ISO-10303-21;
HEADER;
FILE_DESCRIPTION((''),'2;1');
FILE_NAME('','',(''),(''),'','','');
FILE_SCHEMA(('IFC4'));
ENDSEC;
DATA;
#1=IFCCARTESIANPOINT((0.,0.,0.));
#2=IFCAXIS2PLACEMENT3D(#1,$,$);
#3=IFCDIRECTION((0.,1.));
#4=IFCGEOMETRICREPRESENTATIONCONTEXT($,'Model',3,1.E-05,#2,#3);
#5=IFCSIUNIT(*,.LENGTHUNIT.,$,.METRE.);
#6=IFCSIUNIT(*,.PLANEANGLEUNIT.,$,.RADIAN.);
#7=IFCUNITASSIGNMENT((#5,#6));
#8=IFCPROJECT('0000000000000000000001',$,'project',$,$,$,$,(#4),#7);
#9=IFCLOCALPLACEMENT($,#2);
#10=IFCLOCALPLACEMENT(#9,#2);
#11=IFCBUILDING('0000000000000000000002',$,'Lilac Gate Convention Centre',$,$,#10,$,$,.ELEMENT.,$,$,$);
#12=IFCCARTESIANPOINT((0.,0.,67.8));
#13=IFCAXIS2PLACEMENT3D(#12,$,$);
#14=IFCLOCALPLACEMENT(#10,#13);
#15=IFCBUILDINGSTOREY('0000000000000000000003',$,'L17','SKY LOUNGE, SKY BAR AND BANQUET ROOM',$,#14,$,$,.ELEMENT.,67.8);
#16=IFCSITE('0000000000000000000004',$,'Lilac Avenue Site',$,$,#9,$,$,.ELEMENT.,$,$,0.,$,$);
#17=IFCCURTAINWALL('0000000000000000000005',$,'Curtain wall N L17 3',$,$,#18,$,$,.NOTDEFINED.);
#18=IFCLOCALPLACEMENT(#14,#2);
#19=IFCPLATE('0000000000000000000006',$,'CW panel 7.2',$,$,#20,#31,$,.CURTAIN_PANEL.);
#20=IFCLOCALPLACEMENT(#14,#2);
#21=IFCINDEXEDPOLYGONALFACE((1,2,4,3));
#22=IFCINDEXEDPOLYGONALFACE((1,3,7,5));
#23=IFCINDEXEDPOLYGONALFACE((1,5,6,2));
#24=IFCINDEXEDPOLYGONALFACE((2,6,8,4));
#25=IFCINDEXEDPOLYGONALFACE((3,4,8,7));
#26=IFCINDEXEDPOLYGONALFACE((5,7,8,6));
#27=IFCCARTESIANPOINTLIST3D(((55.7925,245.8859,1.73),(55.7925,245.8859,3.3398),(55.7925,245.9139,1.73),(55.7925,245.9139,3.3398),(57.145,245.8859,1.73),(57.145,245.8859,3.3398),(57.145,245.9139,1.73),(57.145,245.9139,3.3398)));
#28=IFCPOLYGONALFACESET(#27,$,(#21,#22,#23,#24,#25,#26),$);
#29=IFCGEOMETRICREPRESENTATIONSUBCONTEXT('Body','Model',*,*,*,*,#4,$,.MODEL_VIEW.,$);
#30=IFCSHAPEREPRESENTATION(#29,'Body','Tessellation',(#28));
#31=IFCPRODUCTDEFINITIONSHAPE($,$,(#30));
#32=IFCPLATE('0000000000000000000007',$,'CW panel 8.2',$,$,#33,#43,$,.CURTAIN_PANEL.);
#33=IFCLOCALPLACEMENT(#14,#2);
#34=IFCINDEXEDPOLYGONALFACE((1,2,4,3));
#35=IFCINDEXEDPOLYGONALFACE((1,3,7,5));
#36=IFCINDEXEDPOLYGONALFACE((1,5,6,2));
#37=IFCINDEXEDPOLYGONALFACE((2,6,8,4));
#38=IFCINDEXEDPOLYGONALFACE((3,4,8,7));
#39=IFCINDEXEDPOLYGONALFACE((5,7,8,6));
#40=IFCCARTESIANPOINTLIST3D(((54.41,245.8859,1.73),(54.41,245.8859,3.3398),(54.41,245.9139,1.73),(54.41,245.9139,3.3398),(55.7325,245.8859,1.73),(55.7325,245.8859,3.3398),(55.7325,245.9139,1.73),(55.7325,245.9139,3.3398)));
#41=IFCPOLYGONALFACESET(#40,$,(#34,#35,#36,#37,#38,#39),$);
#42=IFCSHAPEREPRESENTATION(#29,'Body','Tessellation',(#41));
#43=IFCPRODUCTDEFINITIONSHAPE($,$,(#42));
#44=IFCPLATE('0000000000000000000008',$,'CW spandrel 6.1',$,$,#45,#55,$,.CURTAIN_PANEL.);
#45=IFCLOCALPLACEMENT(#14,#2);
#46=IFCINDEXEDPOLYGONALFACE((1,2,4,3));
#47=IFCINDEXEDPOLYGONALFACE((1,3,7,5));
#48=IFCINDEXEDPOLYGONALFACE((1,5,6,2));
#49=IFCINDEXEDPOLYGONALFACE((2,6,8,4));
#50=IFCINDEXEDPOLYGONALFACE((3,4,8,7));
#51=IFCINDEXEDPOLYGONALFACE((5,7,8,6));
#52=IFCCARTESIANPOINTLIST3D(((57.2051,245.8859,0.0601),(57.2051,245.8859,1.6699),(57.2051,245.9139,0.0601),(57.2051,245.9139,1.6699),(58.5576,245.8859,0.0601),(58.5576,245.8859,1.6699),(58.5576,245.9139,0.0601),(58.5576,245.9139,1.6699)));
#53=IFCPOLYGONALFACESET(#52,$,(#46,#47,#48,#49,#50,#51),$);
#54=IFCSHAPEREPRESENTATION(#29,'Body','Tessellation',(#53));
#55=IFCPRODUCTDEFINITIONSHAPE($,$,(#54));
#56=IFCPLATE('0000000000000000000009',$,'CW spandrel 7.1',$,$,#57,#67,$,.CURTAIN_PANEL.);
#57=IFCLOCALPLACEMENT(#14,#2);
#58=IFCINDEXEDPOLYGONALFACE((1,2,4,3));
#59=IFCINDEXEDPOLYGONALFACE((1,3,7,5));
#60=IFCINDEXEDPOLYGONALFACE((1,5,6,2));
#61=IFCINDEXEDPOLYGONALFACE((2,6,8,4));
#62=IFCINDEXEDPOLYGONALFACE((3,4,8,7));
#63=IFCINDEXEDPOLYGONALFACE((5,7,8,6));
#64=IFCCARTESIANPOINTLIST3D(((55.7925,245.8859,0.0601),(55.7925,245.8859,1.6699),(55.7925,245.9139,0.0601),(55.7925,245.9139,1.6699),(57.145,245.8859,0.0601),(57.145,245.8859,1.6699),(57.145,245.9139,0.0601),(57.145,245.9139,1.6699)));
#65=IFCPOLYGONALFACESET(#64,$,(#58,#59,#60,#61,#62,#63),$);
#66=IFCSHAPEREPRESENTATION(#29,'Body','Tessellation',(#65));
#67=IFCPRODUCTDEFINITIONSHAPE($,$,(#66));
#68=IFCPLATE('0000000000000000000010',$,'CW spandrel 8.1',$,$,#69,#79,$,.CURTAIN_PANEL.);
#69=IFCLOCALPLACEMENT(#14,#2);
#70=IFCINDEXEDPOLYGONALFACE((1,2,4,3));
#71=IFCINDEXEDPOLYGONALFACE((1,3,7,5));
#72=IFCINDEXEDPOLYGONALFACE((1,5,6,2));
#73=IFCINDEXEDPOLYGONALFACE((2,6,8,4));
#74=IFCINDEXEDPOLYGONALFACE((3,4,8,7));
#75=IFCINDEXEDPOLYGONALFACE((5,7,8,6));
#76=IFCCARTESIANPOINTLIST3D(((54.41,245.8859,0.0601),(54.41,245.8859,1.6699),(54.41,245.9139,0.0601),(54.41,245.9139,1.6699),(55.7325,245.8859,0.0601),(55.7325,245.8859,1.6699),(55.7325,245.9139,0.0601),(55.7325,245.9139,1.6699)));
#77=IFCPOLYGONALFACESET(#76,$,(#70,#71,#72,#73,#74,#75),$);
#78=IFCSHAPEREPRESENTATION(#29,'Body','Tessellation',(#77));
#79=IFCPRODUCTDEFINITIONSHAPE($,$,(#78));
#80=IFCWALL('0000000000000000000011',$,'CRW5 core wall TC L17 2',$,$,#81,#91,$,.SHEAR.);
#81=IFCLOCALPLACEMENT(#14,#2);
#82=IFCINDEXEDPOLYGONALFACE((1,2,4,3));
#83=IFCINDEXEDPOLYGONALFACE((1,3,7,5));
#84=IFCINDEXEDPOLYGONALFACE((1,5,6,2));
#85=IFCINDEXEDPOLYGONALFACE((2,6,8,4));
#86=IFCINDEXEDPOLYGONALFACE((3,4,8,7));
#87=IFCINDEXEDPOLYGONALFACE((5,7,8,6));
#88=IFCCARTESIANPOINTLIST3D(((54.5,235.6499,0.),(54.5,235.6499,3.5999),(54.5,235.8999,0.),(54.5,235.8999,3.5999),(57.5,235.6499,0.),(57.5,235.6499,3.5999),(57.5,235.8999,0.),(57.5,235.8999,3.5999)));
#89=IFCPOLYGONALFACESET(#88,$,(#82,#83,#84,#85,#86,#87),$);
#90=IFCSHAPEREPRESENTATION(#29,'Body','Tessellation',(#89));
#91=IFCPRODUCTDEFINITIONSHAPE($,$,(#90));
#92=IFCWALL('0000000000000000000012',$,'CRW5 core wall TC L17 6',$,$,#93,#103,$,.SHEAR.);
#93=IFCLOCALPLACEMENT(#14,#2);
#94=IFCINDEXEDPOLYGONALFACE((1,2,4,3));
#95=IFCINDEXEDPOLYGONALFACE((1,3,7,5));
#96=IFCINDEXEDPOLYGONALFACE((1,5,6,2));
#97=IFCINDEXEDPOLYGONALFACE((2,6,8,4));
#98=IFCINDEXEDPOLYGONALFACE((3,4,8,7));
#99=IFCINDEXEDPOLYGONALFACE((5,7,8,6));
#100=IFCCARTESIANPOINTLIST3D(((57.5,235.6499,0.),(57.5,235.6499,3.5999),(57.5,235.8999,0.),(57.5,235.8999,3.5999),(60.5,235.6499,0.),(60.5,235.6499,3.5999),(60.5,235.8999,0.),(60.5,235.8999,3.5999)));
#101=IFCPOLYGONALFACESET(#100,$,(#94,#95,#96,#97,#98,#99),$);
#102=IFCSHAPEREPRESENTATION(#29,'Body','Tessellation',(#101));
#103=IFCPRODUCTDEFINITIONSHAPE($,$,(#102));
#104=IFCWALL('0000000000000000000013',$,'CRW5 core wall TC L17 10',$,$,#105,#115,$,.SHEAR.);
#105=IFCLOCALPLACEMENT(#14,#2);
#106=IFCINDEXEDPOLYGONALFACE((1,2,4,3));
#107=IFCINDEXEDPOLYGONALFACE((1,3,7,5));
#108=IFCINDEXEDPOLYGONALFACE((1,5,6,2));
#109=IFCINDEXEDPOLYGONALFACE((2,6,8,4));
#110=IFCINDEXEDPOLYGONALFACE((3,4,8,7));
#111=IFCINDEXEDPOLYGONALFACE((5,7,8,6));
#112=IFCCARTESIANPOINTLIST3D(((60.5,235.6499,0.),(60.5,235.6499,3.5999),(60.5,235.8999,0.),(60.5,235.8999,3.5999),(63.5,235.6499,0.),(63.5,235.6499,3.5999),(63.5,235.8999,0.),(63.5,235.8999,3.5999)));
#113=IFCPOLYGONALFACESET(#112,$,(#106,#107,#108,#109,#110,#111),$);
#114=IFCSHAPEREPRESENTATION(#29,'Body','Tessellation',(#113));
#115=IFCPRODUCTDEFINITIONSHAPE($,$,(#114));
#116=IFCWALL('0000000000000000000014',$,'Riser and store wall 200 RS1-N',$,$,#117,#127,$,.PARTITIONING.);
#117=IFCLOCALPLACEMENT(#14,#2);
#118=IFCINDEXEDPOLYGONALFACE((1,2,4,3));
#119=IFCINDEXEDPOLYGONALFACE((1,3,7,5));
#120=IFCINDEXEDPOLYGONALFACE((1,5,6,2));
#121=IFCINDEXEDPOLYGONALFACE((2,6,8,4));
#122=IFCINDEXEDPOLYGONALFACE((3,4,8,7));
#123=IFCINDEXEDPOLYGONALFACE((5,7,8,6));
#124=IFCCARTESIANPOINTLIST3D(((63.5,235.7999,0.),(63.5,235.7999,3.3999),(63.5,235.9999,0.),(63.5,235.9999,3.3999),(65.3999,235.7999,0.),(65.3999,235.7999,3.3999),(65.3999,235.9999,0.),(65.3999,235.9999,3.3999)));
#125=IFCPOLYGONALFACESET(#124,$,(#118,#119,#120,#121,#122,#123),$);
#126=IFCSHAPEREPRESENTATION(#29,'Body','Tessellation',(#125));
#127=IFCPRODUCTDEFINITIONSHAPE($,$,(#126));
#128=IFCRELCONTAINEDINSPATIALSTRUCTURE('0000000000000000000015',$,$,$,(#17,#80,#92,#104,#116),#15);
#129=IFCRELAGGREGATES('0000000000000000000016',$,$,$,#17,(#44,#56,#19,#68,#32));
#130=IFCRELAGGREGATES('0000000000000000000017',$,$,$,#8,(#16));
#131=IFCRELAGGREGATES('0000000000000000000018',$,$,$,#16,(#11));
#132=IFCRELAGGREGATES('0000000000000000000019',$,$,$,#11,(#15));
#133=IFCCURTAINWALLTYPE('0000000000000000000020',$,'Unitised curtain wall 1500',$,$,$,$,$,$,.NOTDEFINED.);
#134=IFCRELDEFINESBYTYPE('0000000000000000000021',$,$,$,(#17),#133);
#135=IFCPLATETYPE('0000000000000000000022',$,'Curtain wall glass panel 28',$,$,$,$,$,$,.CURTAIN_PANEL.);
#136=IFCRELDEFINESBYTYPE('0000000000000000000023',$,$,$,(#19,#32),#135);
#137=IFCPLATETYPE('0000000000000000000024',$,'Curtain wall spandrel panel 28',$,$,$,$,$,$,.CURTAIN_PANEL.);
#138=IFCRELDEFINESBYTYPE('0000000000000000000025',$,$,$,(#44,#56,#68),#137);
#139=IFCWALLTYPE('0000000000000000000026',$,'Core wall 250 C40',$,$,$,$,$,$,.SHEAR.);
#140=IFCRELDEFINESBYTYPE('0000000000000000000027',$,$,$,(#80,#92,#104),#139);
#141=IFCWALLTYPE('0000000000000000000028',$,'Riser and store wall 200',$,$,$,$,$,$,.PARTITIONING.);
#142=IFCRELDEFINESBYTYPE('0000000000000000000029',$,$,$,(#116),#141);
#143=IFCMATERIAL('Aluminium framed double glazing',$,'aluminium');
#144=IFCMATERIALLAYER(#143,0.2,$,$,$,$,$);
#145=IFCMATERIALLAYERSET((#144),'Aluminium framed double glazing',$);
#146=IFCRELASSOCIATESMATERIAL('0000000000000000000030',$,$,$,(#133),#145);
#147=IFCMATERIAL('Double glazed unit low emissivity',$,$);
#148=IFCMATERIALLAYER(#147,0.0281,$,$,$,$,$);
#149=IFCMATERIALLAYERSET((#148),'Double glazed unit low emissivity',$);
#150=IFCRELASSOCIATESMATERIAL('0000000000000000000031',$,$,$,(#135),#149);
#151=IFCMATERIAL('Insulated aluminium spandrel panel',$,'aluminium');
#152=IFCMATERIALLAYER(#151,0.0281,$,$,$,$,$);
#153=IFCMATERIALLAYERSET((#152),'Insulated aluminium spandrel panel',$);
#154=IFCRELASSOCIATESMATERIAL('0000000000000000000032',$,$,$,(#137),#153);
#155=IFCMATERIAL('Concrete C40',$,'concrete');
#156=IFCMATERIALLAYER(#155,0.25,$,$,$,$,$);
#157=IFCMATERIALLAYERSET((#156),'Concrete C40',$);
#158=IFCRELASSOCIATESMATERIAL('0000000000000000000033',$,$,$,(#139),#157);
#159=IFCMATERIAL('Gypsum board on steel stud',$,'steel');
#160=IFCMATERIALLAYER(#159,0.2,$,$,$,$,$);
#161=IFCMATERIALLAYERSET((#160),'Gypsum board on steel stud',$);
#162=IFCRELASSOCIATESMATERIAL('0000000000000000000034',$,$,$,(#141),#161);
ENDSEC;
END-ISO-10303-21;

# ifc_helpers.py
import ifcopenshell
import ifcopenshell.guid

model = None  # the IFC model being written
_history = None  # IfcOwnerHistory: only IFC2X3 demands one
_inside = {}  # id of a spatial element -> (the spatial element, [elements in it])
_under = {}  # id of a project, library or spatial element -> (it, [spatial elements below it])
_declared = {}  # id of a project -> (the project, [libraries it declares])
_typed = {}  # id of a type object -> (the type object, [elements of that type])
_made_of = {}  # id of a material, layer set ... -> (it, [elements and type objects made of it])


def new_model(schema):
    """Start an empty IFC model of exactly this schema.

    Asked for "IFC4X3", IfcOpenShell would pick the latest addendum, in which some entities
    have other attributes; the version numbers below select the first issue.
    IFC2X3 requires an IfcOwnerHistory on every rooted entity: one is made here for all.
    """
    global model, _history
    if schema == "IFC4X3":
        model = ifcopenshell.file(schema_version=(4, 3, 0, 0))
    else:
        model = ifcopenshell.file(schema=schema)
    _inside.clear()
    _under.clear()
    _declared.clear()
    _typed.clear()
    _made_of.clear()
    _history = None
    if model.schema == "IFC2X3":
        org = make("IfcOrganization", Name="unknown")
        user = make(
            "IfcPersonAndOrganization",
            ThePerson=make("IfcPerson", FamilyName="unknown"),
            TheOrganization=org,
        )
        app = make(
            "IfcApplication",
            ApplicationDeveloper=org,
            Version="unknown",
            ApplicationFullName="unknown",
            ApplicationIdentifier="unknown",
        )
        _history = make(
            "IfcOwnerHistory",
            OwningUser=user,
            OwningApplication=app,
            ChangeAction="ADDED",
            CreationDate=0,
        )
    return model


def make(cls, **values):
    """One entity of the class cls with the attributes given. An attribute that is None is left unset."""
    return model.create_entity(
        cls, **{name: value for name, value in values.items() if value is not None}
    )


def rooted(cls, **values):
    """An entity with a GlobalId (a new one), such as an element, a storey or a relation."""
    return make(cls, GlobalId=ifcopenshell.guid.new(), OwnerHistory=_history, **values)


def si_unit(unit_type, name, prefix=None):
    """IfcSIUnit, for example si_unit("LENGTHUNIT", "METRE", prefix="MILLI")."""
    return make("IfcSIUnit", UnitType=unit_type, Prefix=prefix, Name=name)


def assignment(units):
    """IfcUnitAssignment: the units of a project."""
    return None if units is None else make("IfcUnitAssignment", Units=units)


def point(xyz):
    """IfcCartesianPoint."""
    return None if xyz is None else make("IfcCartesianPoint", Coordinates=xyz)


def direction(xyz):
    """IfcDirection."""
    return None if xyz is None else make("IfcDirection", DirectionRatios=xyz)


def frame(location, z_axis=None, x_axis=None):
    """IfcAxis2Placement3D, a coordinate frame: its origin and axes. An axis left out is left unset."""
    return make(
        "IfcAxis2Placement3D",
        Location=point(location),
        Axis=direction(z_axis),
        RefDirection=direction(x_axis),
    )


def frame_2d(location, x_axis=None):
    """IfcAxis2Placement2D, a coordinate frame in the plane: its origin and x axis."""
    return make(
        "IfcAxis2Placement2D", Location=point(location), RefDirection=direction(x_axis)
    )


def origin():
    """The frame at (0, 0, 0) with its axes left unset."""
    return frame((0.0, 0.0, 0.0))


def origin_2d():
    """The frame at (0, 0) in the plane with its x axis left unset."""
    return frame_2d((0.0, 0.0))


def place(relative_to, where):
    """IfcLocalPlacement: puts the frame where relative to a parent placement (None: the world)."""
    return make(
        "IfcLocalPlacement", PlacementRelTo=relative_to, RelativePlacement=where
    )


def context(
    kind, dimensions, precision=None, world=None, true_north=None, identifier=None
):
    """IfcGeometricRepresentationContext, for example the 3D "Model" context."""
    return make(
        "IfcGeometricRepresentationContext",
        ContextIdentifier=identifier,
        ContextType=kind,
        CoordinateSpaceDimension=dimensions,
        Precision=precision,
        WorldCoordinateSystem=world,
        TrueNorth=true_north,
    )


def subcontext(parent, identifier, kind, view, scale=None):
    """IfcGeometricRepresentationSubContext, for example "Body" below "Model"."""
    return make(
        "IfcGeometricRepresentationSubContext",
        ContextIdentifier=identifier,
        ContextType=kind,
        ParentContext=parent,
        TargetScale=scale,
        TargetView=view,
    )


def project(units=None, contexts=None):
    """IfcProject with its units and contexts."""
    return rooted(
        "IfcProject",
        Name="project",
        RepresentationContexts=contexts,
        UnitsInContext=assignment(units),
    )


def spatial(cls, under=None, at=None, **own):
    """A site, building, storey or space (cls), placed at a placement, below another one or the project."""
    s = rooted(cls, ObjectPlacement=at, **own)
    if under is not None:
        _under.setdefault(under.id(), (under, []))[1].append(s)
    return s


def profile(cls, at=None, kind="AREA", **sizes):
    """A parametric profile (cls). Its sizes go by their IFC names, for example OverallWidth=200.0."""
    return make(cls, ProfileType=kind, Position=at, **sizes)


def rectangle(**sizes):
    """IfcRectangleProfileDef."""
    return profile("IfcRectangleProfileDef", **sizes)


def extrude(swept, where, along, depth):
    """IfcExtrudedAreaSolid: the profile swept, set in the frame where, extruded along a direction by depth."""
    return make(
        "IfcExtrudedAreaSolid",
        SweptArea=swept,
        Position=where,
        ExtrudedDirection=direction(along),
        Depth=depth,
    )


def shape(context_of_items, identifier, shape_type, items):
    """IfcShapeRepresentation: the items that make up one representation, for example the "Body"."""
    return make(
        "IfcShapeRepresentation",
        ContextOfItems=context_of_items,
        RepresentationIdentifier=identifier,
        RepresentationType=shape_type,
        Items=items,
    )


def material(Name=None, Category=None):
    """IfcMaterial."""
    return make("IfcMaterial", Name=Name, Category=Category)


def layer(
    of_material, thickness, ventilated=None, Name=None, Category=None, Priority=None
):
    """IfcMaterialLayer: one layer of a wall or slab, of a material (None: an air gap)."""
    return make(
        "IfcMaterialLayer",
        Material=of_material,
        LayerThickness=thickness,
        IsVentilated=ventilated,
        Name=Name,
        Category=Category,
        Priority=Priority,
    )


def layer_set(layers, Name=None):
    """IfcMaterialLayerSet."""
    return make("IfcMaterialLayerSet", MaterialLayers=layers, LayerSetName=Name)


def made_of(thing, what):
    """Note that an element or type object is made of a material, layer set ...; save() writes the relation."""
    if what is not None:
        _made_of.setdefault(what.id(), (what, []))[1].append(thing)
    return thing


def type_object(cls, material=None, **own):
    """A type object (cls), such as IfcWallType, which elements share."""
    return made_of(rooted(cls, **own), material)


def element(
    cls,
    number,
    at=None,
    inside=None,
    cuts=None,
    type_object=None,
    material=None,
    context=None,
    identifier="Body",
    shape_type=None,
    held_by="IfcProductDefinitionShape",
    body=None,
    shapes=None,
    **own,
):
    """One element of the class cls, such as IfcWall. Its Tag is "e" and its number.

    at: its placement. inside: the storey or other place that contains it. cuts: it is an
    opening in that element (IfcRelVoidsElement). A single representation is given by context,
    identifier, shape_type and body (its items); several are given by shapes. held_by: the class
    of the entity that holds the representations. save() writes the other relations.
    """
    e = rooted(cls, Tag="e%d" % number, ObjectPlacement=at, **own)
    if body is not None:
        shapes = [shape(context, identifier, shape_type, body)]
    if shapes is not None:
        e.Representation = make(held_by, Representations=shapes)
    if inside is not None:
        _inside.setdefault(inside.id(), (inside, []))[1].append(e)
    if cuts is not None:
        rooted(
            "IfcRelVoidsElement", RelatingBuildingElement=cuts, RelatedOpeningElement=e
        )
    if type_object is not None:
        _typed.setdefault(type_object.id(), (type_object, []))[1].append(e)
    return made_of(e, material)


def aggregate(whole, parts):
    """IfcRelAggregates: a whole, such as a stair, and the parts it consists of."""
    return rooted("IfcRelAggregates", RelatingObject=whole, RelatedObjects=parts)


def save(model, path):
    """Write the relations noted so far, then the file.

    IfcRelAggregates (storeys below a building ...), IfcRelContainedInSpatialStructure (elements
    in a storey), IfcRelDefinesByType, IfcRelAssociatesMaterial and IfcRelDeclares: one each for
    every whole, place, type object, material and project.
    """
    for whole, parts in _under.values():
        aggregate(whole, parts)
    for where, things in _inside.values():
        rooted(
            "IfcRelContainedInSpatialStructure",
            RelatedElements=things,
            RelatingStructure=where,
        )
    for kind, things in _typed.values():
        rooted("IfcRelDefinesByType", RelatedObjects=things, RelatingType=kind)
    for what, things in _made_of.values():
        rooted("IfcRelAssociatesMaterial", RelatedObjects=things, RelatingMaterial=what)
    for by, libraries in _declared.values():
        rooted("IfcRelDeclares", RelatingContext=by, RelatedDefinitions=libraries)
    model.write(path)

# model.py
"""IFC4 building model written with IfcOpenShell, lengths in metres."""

from ifc_helpers import new_model, si_unit, direction, frame, frame_2d, origin, origin_2d, place, context, subcontext, project, spatial, rectangle, extrude, material, layer, layer_set, type_object, element, aggregate, save


model = new_model("IFC4")

# Units and contexts
model_context = context("Model", 3, precision=1e-05, world=origin(), true_north=direction((0.0, 1.0)))
body_context = subcontext(model_context, "Body", "Model", "MODEL_VIEW")
ifc_project = project(units=[si_unit("LENGTHUNIT", "METRE"), si_unit("PLANEANGLEUNIT", "RADIAN")], contexts=[model_context])

# Site, building, storey
site_placement = place(None, origin())
site = spatial("IfcSite", under=ifc_project, at=site_placement, Name="Lilac Avenue Site", CompositionType="ELEMENT", RefElevation=0.0)
building_placement = place(site_placement, origin())
building = spatial("IfcBuilding", under=site, at=building_placement, Name="Lilac Gate Convention Centre", CompositionType="ELEMENT")
storey_placement = place(building_placement, frame((0.0, 0.0, 67.8)))
storey = spatial("IfcBuildingStorey", under=building, at=storey_placement, Name="L17", Description="SKY LOUNGE, SKY BAR AND BANQUET ROOM", CompositionType="ELEMENT", Elevation=67.8)

# Curtain wall, plates
ifc_material_1 = material(Name="Aluminium framed double glazing", Category="aluminium")
ifc_layer_1 = layer(ifc_material_1, 0.2)
ifc_layer_set_1 = layer_set([ifc_layer_1], Name="Aluminium framed double glazing")
curtain_wall_type = type_object("IfcCurtainWallType", Name="Unitised curtain wall 1500", PredefinedType="NOTDEFINED", material=ifc_layer_set_1)
curtain_wall_placement = place(storey_placement, origin())
curtain_wall = element("IfcCurtainWall", 1, at=curtain_wall_placement, inside=storey, type_object=curtain_wall_type, Name="Curtain wall N L17 3", PredefinedType="NOTDEFINED")
ifc_material_2 = material(Name="Double glazed unit low emissivity")
ifc_layer_2 = layer(ifc_material_2, 0.0281)
ifc_layer_set_2 = layer_set([ifc_layer_2], Name="Double glazed unit low emissivity")
plate_type_1 = type_object("IfcPlateType", Name="Curtain wall glass panel 28", PredefinedType="CURTAIN_PANEL", material=ifc_layer_set_2)
plate_1_placement = place(storey_placement, frame((56.4688, 245.8999, 1.73), z_axis=(0.0, 0.0, 1.0), x_axis=(-1.0, 0.0, 0.0)))
plate_1 = element("IfcPlate", 2, at=plate_1_placement, type_object=plate_type_1, Name="CW panel 7.2", PredefinedType="CURTAIN_PANEL", context=body_context, shape_type="SweptSolid", body=[
    extrude(rectangle(XDim=1.3525, YDim=0.0281, at=origin_2d()), origin(), (0.0, 0.0, 1.0), 1.6099),
])
plate_2_placement = place(storey_placement, frame((55.0713, 245.8999, 1.73), z_axis=(0.0, 0.0, 1.0), x_axis=(-1.0, 0.0, 0.0)))
plate_2 = element("IfcPlate", 3, at=plate_2_placement, type_object=plate_type_1, Name="CW panel 8.2", PredefinedType="CURTAIN_PANEL", context=body_context, shape_type="SweptSolid", body=[
    extrude(rectangle(XDim=1.3225, YDim=0.0281, at=origin_2d()), origin(), (0.0, 0.0, 1.0), 1.6099),
])
ifc_material_3 = material(Name="Insulated aluminium spandrel panel", Category="aluminium")
ifc_layer_3 = layer(ifc_material_3, 0.0281)
ifc_layer_set_3 = layer_set([ifc_layer_3], Name="Insulated aluminium spandrel panel")
plate_type_2 = type_object("IfcPlateType", Name="Curtain wall spandrel panel 28", PredefinedType="CURTAIN_PANEL", material=ifc_layer_set_3)
plate_3_placement = place(storey_placement, frame((57.8813, 245.8999, 0.0601), z_axis=(0.0, 0.0, 1.0), x_axis=(-1.0, 0.0, 0.0)))
plate_3 = element("IfcPlate", 4, at=plate_3_placement, type_object=plate_type_2, Name="CW spandrel 6.1", PredefinedType="CURTAIN_PANEL", context=body_context, shape_type="SweptSolid", body=[
    extrude(rectangle(XDim=1.3525, YDim=0.0281, at=origin_2d()), origin(), (0.0, 0.0, 1.0), 1.6099),
])
plate_4_placement = place(storey_placement, frame((56.4688, 245.8999, 0.0601), z_axis=(0.0, 0.0, 1.0), x_axis=(-1.0, 0.0, 0.0)))
plate_4 = element("IfcPlate", 5, at=plate_4_placement, type_object=plate_type_2, Name="CW spandrel 7.1", PredefinedType="CURTAIN_PANEL", context=body_context, shape_type="SweptSolid", body=[
    extrude(rectangle(XDim=1.3525, YDim=0.0281, at=origin_2d()), origin(), (0.0, 0.0, 1.0), 1.6099),
])
plate_5_placement = place(storey_placement, frame((55.0713, 245.8999, 0.0601), z_axis=(0.0, 0.0, 1.0), x_axis=(-1.0, 0.0, 0.0)))
plate_5 = element("IfcPlate", 6, at=plate_5_placement, type_object=plate_type_2, Name="CW spandrel 8.1", PredefinedType="CURTAIN_PANEL", context=body_context, shape_type="SweptSolid", body=[
    extrude(rectangle(XDim=1.3225, YDim=0.0281, at=origin_2d()), origin(), (0.0, 0.0, 1.0), 1.6099),
])
aggregate(curtain_wall, [plate_3, plate_4, plate_1, plate_5, plate_2])

# Walls
ifc_material_4 = material(Name="Concrete C40", Category="concrete")
ifc_layer_4 = layer(ifc_material_4, 0.25)
ifc_layer_set_4 = layer_set([ifc_layer_4], Name="Concrete C40")
wall_type_1 = type_object("IfcWallType", Name="Core wall 250 C40", PredefinedType="SHEAR", material=ifc_layer_set_4)
for number, where, z_axis, x_axis, name in (
    (7, (54.5, 235.7749, 0.0), (0.0, 0.0, 1.0), (1.0, 0.0, 0.0), "CRW5 core wall TC L17 2"),
    (8, (57.5, 235.7749, 0.0), (0.0, 0.0, 1.0), (1.0, 0.0, 0.0), "CRW5 core wall TC L17 6"),
    (9, (60.5, 235.7749, 0.0), (0.0, 0.0, 1.0), (1.0, 0.0, 0.0), "CRW5 core wall TC L17 10"),
):
    element("IfcWall", number, at=place(storey_placement, frame(where, z_axis=z_axis, x_axis=x_axis)), inside=storey, type_object=wall_type_1, Name=name, PredefinedType="SHEAR", context=body_context, shape_type="SweptSolid", body=[
        extrude(rectangle(XDim=3.0, YDim=0.25, at=frame_2d((1.5, 0.0))), origin(), (0.0, 0.0, 1.0), 3.5999),
    ])
ifc_material_5 = material(Name="Gypsum board on steel stud", Category="steel")
ifc_layer_5 = layer(ifc_material_5, 0.2)
ifc_layer_set_5 = layer_set([ifc_layer_5], Name="Gypsum board on steel stud")
wall_type_2 = type_object("IfcWallType", Name="Riser and store wall 200", PredefinedType="PARTITIONING", material=ifc_layer_set_5)
wall_placement = place(storey_placement, frame((63.5, 235.8999, 0.0), z_axis=(0.0, 0.0, 1.0), x_axis=(1.0, 0.0, 0.0)))
element("IfcWall", 10, at=wall_placement, inside=storey, type_object=wall_type_2, Name="Riser and store wall 200 RS1-N", PredefinedType="PARTITIONING", context=body_context, shape_type="SweptSolid", body=[
    extrude(rectangle(XDim=1.8999, YDim=0.2, at=frame_2d((0.95, 0.0))), origin(), (0.0, 0.0, 1.0), 3.3999),
])

save(model, "model.ifc")
